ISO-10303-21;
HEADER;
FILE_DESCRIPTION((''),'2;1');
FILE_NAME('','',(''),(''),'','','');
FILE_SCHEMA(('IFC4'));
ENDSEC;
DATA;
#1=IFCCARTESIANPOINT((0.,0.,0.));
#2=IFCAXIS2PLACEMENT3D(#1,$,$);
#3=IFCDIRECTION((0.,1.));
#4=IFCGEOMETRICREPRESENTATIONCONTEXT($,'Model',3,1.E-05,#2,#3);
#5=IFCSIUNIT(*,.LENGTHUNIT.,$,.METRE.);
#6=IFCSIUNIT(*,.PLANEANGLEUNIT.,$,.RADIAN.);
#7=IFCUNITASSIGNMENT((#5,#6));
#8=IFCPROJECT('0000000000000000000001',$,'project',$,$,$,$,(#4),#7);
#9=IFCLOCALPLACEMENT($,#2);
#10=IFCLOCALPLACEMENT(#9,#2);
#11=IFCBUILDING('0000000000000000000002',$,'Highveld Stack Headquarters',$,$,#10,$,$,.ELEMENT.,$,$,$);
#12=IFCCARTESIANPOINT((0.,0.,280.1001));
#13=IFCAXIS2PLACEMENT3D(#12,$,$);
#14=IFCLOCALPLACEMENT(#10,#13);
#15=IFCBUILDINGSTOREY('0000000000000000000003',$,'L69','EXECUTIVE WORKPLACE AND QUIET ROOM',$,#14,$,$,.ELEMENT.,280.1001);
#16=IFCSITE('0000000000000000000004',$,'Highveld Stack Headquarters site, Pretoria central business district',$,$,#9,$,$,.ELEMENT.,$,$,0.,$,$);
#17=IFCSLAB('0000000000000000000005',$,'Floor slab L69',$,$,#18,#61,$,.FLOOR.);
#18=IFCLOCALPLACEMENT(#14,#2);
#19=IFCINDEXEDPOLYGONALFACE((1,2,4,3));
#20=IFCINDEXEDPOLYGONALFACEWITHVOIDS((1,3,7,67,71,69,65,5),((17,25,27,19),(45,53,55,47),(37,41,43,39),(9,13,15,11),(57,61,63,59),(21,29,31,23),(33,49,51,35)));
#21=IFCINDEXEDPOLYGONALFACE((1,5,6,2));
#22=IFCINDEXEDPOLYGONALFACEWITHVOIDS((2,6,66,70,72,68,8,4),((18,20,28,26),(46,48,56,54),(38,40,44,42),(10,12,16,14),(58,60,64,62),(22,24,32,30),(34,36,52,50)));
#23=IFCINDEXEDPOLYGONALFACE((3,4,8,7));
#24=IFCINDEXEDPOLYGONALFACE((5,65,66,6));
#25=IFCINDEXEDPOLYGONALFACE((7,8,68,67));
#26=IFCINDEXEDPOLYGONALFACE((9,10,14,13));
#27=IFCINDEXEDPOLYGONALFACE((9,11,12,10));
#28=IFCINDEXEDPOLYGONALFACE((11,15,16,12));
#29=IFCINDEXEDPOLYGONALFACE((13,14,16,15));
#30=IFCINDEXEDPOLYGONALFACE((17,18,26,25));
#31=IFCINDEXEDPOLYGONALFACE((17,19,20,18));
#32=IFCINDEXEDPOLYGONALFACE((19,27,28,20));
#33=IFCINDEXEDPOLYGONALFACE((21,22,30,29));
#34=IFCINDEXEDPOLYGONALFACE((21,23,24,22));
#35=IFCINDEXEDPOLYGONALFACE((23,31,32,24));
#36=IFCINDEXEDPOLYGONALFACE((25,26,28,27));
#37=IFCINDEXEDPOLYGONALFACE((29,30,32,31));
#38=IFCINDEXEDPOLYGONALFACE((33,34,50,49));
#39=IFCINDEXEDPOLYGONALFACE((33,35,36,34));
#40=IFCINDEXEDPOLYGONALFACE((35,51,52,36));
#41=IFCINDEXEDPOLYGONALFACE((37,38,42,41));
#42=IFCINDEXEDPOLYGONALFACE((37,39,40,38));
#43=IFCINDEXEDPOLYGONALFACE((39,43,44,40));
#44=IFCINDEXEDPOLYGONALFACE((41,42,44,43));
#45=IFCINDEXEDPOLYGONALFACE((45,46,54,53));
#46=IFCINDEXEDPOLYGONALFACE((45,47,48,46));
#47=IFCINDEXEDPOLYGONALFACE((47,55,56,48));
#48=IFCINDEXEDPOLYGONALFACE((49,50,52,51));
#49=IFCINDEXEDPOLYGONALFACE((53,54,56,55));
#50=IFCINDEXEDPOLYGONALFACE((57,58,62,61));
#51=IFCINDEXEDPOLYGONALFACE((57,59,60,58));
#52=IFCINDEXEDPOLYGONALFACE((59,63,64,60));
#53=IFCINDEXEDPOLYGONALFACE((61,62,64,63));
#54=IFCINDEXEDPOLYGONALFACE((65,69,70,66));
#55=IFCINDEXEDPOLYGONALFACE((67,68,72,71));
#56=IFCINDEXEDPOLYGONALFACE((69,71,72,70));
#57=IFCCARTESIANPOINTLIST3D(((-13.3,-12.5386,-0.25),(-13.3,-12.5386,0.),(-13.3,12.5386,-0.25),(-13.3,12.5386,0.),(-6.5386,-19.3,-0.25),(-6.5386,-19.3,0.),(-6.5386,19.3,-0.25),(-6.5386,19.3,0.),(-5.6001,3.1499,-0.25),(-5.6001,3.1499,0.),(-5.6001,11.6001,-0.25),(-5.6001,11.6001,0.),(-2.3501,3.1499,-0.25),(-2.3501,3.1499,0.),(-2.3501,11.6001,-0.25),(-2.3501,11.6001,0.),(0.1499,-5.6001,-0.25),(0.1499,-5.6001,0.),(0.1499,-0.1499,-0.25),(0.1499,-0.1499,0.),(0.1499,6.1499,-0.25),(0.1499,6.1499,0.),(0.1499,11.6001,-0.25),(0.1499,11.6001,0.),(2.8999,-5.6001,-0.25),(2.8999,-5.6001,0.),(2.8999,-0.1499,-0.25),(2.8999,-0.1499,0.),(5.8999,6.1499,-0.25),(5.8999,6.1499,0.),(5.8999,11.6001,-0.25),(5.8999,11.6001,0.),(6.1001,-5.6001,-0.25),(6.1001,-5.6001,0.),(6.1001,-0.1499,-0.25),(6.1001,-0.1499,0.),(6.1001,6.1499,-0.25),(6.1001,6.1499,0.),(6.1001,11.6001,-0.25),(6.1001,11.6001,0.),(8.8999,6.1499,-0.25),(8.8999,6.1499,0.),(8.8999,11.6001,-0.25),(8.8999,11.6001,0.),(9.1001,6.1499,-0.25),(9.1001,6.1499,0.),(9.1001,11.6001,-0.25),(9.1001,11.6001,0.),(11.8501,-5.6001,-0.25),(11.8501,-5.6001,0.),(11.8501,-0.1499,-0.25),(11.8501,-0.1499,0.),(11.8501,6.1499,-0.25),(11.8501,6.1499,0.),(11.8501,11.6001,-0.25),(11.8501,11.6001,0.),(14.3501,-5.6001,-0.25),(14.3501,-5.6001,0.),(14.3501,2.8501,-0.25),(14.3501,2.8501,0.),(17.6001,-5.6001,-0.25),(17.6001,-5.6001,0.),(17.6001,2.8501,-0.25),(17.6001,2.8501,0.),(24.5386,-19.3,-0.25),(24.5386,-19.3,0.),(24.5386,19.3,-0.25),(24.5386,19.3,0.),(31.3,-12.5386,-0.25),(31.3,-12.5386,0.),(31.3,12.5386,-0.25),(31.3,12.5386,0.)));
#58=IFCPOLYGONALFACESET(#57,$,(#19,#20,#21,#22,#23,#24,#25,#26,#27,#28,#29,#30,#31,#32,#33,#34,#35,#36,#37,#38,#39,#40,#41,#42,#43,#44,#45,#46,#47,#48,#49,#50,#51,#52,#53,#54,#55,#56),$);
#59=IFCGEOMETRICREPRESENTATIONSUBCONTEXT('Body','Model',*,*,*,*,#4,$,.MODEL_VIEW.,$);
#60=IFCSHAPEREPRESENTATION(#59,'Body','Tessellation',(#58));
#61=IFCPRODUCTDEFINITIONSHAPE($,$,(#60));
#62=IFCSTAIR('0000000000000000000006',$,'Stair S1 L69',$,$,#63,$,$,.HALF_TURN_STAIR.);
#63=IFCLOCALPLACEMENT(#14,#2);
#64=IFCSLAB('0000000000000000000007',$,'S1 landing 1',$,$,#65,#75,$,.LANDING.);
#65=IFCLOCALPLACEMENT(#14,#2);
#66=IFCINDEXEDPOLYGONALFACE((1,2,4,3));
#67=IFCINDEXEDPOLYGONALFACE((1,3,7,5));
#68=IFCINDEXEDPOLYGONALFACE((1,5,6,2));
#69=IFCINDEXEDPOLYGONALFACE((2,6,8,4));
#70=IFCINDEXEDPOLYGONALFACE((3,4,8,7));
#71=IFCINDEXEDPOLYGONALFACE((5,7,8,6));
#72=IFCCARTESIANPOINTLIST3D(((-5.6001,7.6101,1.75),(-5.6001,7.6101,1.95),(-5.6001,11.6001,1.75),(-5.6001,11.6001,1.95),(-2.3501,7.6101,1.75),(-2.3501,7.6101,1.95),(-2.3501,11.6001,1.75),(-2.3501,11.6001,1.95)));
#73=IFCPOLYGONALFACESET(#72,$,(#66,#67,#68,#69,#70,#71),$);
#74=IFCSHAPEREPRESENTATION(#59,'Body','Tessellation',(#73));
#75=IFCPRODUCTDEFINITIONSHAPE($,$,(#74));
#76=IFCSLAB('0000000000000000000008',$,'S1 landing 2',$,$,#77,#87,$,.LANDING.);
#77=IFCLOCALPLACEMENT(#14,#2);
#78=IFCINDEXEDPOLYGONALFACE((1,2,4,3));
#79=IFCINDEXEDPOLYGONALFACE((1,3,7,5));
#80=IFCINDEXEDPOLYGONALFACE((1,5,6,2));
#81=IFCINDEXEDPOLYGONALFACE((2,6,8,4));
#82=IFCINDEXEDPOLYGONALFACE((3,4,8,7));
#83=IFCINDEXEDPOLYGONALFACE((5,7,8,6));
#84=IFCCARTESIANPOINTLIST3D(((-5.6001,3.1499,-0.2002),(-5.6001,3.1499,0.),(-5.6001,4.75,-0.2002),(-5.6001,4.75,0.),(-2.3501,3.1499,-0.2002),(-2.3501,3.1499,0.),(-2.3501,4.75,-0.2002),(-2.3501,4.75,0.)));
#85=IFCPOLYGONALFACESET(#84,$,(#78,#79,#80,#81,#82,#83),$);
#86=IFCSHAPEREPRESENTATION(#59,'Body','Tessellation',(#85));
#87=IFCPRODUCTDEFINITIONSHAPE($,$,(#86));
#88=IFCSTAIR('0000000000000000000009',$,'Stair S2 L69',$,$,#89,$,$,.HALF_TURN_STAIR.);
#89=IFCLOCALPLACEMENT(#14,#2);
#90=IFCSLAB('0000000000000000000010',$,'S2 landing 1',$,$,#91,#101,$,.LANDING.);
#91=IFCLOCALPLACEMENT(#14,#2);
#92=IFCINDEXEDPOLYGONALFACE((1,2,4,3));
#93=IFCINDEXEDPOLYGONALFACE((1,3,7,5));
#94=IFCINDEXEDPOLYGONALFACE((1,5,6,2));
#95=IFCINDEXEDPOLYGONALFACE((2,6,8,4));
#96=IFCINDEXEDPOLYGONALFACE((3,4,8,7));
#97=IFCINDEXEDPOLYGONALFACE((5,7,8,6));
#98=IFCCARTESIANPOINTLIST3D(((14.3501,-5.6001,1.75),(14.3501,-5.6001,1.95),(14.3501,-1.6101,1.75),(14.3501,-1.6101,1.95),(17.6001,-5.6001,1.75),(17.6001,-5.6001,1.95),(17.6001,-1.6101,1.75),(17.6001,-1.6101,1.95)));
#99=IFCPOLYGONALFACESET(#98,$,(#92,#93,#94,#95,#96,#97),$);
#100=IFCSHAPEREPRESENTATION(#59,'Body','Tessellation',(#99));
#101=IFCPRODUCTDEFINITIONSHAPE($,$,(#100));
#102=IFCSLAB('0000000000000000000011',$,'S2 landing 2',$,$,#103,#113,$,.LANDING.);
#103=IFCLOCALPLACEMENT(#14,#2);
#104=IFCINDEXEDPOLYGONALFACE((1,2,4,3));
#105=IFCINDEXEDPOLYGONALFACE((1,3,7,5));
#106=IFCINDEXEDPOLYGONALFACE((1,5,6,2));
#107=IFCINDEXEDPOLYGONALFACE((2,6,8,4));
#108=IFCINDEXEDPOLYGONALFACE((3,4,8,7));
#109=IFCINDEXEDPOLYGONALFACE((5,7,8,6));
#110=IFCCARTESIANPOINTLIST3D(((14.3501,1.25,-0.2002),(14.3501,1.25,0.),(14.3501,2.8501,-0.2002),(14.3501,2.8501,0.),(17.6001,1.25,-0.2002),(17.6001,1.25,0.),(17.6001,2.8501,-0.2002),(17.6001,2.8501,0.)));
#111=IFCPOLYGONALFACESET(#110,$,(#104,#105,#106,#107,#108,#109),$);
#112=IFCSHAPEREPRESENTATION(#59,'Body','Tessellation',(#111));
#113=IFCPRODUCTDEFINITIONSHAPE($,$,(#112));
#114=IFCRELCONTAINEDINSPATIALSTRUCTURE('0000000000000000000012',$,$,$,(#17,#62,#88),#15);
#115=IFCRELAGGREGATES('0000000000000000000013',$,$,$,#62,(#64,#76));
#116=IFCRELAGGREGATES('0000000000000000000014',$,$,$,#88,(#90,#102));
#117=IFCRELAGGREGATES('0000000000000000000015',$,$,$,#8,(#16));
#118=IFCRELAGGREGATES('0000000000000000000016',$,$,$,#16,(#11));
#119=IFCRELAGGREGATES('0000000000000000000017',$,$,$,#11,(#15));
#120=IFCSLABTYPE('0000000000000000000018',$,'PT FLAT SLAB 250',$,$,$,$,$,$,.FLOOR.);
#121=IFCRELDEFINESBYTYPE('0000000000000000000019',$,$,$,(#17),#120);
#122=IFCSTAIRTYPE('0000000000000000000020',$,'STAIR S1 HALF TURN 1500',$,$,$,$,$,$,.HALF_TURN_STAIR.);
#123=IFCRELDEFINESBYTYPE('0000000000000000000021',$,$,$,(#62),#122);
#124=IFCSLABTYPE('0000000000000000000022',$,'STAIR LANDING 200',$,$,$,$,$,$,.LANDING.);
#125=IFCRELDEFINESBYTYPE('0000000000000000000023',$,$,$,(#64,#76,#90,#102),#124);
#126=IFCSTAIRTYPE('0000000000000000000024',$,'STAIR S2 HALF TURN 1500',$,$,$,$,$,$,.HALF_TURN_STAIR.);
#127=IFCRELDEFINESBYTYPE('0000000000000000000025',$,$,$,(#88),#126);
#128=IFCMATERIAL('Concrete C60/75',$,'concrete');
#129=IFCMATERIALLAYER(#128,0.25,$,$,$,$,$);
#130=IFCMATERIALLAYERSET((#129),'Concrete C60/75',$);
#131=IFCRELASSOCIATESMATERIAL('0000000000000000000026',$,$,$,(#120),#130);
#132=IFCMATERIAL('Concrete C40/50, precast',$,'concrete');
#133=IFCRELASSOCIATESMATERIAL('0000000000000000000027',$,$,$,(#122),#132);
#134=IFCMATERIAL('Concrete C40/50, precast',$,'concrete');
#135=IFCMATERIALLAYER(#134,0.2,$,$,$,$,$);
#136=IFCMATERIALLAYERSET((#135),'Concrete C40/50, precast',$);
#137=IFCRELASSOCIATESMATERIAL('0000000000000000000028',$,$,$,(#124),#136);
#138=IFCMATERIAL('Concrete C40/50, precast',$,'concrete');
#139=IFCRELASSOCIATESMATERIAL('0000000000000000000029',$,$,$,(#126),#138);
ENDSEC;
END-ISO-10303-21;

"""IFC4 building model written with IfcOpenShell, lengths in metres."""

from ifc_helpers import new_model, si_unit, direction, frame, origin, place, context, subcontext, project, spatial, polyline, outline, extrude, material, layer, layer_set, type_object, element, aggregate, save


model = new_model("IFC4")

# Units and contexts
model_context = context("Model", 3, precision=1e-05, world=origin(), true_north=direction((0.0, 1.0)))
body_context = subcontext(model_context, "Body", "Model", "MODEL_VIEW")
ifc_project = project(units=[si_unit("LENGTHUNIT", "METRE"), si_unit("PLANEANGLEUNIT", "RADIAN")], contexts=[model_context])

# Site, building, storey
site_placement = place(None, origin())
site = spatial("IfcSite", under=ifc_project, at=site_placement, Name="Highveld Stack Headquarters site, Pretoria central business district", CompositionType="ELEMENT", RefElevation=0.0)
building_placement = place(site_placement, origin())
building = spatial("IfcBuilding", under=site, at=building_placement, Name="Highveld Stack Headquarters", CompositionType="ELEMENT")
storey_placement = place(building_placement, frame((0.0, 0.0, 280.1001)))
storey = spatial("IfcBuildingStorey", under=building, at=storey_placement, Name="L69", Description="EXECUTIVE WORKPLACE AND QUIET ROOM", CompositionType="ELEMENT", Elevation=280.1001)

# Slab
ifc_material_1 = material(Name="Concrete C60/75", Category="concrete")
ifc_layer_1 = layer(ifc_material_1, 0.25)
ifc_layer_set_1 = layer_set([ifc_layer_1], Name="Concrete C60/75")
slab_type_1 = type_object("IfcSlabType", Name="PT FLAT SLAB 250", PredefinedType="FLOOR", material=ifc_layer_set_1)
slab_1_placement = place(storey_placement, frame((0.0, 0.0, -0.25)))
element("IfcSlab", 1, at=slab_1_placement, inside=storey, type_object=slab_type_1, Name="Floor slab L69", PredefinedType="FLOOR", context=body_context, shape_type="SweptSolid", body=[
    extrude(outline(polyline([(-6.5386, -19.3), (24.5386, -19.3), (31.3, -12.5386), (31.3, 12.5386), (24.5386, 19.3), (-6.5386, 19.3), (-13.3, 12.5386), (-13.3, -12.5386), (-6.5386, -19.3)]), holes=[polyline([(0.1499, 6.1499), (5.8999, 6.1499), (5.8999, 11.6001), (0.1499, 11.6001), (0.1499, 6.1499)]), polyline([(9.1001, 6.1499), (11.8501, 6.1499), (11.8501, 11.6001), (9.1001, 11.6001), (9.1001, 6.1499)]), polyline([(6.1001, 6.1499), (8.8999, 6.1499), (8.8999, 11.6001), (6.1001, 11.6001), (6.1001, 6.1499)]), polyline([(6.1001, -5.6001), (11.8501, -5.6001), (11.8501, -0.1499), (6.1001, -0.1499), (6.1001, -5.6001)]), polyline([(0.1499, -5.6001), (2.8999, -5.6001), (2.8999, -0.1499), (0.1499, -0.1499), (0.1499, -5.6001)]), polyline([(-5.6001, 3.1499), (-2.3501, 3.1499), (-2.3501, 11.6001), (-5.6001, 11.6001), (-5.6001, 3.1499)]), polyline([(14.3501, -5.6001), (17.6001, -5.6001), (17.6001, 2.8501), (14.3501, 2.8501), (14.3501, -5.6001)])]), origin(), (0.0, 0.0, 1.0), 0.25),
])

# Stairs, slabs
ifc_material_2 = material(Name="Concrete C40/50, precast", Category="concrete")
stair_type_1 = type_object("IfcStairType", Name="STAIR S1 HALF TURN 1500", PredefinedType="HALF_TURN_STAIR", material=ifc_material_2)
stair_1_placement = place(storey_placement, origin())
stair_1 = element("IfcStair", 2, at=stair_1_placement, inside=storey, type_object=stair_type_1, Name="Stair S1 L69", PredefinedType="HALF_TURN_STAIR")
ifc_material_3 = material(Name="Concrete C40/50, precast", Category="concrete")
ifc_layer_2 = layer(ifc_material_3, 0.2)
ifc_layer_set_2 = layer_set([ifc_layer_2], Name="Concrete C40/50, precast")
slab_type_2 = type_object("IfcSlabType", Name="STAIR LANDING 200", PredefinedType="LANDING", material=ifc_layer_set_2)
slab_2_placement = place(storey_placement, frame((0.0, 0.0, 1.75)))
slab_2 = element("IfcSlab", 3, at=slab_2_placement, type_object=slab_type_2, Name="S1 landing 1", PredefinedType="LANDING", context=body_context, shape_type="SweptSolid", body=[
    extrude(outline(polyline([(-5.6001, 7.6101), (-2.3501, 7.6101), (-2.3501, 11.6001), (-5.6001, 11.6001), (-5.6001, 7.6101)])), origin(), (0.0, 0.0, 1.0), 0.2),
])
slab_3_placement = place(storey_placement, frame((0.0, 0.0, -0.2002)))
slab_3 = element("IfcSlab", 4, at=slab_3_placement, type_object=slab_type_2, Name="S1 landing 2", PredefinedType="LANDING", context=body_context, shape_type="SweptSolid", body=[
    extrude(outline(polyline([(-5.6001, 3.1499), (-2.3501, 3.1499), (-2.3501, 4.75), (-5.6001, 4.75), (-5.6001, 3.1499)])), origin(), (0.0, 0.0, 1.0), 0.2002),
])
aggregate(stair_1, [slab_2, slab_3])
ifc_material_4 = material(Name="Concrete C40/50, precast", Category="concrete")
stair_type_2 = type_object("IfcStairType", Name="STAIR S2 HALF TURN 1500", PredefinedType="HALF_TURN_STAIR", material=ifc_material_4)
stair_2_placement = place(storey_placement, origin())
stair_2 = element("IfcStair", 5, at=stair_2_placement, inside=storey, type_object=stair_type_2, Name="Stair S2 L69", PredefinedType="HALF_TURN_STAIR")
slab_4_placement = place(storey_placement, frame((0.0, 0.0, 1.75)))
slab_4 = element("IfcSlab", 6, at=slab_4_placement, type_object=slab_type_2, Name="S2 landing 1", PredefinedType="LANDING", context=body_context, shape_type="SweptSolid", body=[
    extrude(outline(polyline([(14.3501, -5.6001), (17.6001, -5.6001), (17.6001, -1.6101), (14.3501, -1.6101), (14.3501, -5.6001)])), origin(), (0.0, 0.0, 1.0), 0.2),
])
slab_5_placement = place(storey_placement, frame((0.0, 0.0, -0.2002)))
slab_5 = element("IfcSlab", 7, at=slab_5_placement, type_object=slab_type_2, Name="S2 landing 2", PredefinedType="LANDING", context=body_context, shape_type="SweptSolid", body=[
    extrude(outline(polyline([(14.3501, 1.25), (17.6001, 1.25), (17.6001, 2.8501), (14.3501, 2.8501), (14.3501, 1.25)])), origin(), (0.0, 0.0, 1.0), 0.2002),
])
aggregate(stair_2, [slab_4, slab_5])

save(model, "model.ifc")
